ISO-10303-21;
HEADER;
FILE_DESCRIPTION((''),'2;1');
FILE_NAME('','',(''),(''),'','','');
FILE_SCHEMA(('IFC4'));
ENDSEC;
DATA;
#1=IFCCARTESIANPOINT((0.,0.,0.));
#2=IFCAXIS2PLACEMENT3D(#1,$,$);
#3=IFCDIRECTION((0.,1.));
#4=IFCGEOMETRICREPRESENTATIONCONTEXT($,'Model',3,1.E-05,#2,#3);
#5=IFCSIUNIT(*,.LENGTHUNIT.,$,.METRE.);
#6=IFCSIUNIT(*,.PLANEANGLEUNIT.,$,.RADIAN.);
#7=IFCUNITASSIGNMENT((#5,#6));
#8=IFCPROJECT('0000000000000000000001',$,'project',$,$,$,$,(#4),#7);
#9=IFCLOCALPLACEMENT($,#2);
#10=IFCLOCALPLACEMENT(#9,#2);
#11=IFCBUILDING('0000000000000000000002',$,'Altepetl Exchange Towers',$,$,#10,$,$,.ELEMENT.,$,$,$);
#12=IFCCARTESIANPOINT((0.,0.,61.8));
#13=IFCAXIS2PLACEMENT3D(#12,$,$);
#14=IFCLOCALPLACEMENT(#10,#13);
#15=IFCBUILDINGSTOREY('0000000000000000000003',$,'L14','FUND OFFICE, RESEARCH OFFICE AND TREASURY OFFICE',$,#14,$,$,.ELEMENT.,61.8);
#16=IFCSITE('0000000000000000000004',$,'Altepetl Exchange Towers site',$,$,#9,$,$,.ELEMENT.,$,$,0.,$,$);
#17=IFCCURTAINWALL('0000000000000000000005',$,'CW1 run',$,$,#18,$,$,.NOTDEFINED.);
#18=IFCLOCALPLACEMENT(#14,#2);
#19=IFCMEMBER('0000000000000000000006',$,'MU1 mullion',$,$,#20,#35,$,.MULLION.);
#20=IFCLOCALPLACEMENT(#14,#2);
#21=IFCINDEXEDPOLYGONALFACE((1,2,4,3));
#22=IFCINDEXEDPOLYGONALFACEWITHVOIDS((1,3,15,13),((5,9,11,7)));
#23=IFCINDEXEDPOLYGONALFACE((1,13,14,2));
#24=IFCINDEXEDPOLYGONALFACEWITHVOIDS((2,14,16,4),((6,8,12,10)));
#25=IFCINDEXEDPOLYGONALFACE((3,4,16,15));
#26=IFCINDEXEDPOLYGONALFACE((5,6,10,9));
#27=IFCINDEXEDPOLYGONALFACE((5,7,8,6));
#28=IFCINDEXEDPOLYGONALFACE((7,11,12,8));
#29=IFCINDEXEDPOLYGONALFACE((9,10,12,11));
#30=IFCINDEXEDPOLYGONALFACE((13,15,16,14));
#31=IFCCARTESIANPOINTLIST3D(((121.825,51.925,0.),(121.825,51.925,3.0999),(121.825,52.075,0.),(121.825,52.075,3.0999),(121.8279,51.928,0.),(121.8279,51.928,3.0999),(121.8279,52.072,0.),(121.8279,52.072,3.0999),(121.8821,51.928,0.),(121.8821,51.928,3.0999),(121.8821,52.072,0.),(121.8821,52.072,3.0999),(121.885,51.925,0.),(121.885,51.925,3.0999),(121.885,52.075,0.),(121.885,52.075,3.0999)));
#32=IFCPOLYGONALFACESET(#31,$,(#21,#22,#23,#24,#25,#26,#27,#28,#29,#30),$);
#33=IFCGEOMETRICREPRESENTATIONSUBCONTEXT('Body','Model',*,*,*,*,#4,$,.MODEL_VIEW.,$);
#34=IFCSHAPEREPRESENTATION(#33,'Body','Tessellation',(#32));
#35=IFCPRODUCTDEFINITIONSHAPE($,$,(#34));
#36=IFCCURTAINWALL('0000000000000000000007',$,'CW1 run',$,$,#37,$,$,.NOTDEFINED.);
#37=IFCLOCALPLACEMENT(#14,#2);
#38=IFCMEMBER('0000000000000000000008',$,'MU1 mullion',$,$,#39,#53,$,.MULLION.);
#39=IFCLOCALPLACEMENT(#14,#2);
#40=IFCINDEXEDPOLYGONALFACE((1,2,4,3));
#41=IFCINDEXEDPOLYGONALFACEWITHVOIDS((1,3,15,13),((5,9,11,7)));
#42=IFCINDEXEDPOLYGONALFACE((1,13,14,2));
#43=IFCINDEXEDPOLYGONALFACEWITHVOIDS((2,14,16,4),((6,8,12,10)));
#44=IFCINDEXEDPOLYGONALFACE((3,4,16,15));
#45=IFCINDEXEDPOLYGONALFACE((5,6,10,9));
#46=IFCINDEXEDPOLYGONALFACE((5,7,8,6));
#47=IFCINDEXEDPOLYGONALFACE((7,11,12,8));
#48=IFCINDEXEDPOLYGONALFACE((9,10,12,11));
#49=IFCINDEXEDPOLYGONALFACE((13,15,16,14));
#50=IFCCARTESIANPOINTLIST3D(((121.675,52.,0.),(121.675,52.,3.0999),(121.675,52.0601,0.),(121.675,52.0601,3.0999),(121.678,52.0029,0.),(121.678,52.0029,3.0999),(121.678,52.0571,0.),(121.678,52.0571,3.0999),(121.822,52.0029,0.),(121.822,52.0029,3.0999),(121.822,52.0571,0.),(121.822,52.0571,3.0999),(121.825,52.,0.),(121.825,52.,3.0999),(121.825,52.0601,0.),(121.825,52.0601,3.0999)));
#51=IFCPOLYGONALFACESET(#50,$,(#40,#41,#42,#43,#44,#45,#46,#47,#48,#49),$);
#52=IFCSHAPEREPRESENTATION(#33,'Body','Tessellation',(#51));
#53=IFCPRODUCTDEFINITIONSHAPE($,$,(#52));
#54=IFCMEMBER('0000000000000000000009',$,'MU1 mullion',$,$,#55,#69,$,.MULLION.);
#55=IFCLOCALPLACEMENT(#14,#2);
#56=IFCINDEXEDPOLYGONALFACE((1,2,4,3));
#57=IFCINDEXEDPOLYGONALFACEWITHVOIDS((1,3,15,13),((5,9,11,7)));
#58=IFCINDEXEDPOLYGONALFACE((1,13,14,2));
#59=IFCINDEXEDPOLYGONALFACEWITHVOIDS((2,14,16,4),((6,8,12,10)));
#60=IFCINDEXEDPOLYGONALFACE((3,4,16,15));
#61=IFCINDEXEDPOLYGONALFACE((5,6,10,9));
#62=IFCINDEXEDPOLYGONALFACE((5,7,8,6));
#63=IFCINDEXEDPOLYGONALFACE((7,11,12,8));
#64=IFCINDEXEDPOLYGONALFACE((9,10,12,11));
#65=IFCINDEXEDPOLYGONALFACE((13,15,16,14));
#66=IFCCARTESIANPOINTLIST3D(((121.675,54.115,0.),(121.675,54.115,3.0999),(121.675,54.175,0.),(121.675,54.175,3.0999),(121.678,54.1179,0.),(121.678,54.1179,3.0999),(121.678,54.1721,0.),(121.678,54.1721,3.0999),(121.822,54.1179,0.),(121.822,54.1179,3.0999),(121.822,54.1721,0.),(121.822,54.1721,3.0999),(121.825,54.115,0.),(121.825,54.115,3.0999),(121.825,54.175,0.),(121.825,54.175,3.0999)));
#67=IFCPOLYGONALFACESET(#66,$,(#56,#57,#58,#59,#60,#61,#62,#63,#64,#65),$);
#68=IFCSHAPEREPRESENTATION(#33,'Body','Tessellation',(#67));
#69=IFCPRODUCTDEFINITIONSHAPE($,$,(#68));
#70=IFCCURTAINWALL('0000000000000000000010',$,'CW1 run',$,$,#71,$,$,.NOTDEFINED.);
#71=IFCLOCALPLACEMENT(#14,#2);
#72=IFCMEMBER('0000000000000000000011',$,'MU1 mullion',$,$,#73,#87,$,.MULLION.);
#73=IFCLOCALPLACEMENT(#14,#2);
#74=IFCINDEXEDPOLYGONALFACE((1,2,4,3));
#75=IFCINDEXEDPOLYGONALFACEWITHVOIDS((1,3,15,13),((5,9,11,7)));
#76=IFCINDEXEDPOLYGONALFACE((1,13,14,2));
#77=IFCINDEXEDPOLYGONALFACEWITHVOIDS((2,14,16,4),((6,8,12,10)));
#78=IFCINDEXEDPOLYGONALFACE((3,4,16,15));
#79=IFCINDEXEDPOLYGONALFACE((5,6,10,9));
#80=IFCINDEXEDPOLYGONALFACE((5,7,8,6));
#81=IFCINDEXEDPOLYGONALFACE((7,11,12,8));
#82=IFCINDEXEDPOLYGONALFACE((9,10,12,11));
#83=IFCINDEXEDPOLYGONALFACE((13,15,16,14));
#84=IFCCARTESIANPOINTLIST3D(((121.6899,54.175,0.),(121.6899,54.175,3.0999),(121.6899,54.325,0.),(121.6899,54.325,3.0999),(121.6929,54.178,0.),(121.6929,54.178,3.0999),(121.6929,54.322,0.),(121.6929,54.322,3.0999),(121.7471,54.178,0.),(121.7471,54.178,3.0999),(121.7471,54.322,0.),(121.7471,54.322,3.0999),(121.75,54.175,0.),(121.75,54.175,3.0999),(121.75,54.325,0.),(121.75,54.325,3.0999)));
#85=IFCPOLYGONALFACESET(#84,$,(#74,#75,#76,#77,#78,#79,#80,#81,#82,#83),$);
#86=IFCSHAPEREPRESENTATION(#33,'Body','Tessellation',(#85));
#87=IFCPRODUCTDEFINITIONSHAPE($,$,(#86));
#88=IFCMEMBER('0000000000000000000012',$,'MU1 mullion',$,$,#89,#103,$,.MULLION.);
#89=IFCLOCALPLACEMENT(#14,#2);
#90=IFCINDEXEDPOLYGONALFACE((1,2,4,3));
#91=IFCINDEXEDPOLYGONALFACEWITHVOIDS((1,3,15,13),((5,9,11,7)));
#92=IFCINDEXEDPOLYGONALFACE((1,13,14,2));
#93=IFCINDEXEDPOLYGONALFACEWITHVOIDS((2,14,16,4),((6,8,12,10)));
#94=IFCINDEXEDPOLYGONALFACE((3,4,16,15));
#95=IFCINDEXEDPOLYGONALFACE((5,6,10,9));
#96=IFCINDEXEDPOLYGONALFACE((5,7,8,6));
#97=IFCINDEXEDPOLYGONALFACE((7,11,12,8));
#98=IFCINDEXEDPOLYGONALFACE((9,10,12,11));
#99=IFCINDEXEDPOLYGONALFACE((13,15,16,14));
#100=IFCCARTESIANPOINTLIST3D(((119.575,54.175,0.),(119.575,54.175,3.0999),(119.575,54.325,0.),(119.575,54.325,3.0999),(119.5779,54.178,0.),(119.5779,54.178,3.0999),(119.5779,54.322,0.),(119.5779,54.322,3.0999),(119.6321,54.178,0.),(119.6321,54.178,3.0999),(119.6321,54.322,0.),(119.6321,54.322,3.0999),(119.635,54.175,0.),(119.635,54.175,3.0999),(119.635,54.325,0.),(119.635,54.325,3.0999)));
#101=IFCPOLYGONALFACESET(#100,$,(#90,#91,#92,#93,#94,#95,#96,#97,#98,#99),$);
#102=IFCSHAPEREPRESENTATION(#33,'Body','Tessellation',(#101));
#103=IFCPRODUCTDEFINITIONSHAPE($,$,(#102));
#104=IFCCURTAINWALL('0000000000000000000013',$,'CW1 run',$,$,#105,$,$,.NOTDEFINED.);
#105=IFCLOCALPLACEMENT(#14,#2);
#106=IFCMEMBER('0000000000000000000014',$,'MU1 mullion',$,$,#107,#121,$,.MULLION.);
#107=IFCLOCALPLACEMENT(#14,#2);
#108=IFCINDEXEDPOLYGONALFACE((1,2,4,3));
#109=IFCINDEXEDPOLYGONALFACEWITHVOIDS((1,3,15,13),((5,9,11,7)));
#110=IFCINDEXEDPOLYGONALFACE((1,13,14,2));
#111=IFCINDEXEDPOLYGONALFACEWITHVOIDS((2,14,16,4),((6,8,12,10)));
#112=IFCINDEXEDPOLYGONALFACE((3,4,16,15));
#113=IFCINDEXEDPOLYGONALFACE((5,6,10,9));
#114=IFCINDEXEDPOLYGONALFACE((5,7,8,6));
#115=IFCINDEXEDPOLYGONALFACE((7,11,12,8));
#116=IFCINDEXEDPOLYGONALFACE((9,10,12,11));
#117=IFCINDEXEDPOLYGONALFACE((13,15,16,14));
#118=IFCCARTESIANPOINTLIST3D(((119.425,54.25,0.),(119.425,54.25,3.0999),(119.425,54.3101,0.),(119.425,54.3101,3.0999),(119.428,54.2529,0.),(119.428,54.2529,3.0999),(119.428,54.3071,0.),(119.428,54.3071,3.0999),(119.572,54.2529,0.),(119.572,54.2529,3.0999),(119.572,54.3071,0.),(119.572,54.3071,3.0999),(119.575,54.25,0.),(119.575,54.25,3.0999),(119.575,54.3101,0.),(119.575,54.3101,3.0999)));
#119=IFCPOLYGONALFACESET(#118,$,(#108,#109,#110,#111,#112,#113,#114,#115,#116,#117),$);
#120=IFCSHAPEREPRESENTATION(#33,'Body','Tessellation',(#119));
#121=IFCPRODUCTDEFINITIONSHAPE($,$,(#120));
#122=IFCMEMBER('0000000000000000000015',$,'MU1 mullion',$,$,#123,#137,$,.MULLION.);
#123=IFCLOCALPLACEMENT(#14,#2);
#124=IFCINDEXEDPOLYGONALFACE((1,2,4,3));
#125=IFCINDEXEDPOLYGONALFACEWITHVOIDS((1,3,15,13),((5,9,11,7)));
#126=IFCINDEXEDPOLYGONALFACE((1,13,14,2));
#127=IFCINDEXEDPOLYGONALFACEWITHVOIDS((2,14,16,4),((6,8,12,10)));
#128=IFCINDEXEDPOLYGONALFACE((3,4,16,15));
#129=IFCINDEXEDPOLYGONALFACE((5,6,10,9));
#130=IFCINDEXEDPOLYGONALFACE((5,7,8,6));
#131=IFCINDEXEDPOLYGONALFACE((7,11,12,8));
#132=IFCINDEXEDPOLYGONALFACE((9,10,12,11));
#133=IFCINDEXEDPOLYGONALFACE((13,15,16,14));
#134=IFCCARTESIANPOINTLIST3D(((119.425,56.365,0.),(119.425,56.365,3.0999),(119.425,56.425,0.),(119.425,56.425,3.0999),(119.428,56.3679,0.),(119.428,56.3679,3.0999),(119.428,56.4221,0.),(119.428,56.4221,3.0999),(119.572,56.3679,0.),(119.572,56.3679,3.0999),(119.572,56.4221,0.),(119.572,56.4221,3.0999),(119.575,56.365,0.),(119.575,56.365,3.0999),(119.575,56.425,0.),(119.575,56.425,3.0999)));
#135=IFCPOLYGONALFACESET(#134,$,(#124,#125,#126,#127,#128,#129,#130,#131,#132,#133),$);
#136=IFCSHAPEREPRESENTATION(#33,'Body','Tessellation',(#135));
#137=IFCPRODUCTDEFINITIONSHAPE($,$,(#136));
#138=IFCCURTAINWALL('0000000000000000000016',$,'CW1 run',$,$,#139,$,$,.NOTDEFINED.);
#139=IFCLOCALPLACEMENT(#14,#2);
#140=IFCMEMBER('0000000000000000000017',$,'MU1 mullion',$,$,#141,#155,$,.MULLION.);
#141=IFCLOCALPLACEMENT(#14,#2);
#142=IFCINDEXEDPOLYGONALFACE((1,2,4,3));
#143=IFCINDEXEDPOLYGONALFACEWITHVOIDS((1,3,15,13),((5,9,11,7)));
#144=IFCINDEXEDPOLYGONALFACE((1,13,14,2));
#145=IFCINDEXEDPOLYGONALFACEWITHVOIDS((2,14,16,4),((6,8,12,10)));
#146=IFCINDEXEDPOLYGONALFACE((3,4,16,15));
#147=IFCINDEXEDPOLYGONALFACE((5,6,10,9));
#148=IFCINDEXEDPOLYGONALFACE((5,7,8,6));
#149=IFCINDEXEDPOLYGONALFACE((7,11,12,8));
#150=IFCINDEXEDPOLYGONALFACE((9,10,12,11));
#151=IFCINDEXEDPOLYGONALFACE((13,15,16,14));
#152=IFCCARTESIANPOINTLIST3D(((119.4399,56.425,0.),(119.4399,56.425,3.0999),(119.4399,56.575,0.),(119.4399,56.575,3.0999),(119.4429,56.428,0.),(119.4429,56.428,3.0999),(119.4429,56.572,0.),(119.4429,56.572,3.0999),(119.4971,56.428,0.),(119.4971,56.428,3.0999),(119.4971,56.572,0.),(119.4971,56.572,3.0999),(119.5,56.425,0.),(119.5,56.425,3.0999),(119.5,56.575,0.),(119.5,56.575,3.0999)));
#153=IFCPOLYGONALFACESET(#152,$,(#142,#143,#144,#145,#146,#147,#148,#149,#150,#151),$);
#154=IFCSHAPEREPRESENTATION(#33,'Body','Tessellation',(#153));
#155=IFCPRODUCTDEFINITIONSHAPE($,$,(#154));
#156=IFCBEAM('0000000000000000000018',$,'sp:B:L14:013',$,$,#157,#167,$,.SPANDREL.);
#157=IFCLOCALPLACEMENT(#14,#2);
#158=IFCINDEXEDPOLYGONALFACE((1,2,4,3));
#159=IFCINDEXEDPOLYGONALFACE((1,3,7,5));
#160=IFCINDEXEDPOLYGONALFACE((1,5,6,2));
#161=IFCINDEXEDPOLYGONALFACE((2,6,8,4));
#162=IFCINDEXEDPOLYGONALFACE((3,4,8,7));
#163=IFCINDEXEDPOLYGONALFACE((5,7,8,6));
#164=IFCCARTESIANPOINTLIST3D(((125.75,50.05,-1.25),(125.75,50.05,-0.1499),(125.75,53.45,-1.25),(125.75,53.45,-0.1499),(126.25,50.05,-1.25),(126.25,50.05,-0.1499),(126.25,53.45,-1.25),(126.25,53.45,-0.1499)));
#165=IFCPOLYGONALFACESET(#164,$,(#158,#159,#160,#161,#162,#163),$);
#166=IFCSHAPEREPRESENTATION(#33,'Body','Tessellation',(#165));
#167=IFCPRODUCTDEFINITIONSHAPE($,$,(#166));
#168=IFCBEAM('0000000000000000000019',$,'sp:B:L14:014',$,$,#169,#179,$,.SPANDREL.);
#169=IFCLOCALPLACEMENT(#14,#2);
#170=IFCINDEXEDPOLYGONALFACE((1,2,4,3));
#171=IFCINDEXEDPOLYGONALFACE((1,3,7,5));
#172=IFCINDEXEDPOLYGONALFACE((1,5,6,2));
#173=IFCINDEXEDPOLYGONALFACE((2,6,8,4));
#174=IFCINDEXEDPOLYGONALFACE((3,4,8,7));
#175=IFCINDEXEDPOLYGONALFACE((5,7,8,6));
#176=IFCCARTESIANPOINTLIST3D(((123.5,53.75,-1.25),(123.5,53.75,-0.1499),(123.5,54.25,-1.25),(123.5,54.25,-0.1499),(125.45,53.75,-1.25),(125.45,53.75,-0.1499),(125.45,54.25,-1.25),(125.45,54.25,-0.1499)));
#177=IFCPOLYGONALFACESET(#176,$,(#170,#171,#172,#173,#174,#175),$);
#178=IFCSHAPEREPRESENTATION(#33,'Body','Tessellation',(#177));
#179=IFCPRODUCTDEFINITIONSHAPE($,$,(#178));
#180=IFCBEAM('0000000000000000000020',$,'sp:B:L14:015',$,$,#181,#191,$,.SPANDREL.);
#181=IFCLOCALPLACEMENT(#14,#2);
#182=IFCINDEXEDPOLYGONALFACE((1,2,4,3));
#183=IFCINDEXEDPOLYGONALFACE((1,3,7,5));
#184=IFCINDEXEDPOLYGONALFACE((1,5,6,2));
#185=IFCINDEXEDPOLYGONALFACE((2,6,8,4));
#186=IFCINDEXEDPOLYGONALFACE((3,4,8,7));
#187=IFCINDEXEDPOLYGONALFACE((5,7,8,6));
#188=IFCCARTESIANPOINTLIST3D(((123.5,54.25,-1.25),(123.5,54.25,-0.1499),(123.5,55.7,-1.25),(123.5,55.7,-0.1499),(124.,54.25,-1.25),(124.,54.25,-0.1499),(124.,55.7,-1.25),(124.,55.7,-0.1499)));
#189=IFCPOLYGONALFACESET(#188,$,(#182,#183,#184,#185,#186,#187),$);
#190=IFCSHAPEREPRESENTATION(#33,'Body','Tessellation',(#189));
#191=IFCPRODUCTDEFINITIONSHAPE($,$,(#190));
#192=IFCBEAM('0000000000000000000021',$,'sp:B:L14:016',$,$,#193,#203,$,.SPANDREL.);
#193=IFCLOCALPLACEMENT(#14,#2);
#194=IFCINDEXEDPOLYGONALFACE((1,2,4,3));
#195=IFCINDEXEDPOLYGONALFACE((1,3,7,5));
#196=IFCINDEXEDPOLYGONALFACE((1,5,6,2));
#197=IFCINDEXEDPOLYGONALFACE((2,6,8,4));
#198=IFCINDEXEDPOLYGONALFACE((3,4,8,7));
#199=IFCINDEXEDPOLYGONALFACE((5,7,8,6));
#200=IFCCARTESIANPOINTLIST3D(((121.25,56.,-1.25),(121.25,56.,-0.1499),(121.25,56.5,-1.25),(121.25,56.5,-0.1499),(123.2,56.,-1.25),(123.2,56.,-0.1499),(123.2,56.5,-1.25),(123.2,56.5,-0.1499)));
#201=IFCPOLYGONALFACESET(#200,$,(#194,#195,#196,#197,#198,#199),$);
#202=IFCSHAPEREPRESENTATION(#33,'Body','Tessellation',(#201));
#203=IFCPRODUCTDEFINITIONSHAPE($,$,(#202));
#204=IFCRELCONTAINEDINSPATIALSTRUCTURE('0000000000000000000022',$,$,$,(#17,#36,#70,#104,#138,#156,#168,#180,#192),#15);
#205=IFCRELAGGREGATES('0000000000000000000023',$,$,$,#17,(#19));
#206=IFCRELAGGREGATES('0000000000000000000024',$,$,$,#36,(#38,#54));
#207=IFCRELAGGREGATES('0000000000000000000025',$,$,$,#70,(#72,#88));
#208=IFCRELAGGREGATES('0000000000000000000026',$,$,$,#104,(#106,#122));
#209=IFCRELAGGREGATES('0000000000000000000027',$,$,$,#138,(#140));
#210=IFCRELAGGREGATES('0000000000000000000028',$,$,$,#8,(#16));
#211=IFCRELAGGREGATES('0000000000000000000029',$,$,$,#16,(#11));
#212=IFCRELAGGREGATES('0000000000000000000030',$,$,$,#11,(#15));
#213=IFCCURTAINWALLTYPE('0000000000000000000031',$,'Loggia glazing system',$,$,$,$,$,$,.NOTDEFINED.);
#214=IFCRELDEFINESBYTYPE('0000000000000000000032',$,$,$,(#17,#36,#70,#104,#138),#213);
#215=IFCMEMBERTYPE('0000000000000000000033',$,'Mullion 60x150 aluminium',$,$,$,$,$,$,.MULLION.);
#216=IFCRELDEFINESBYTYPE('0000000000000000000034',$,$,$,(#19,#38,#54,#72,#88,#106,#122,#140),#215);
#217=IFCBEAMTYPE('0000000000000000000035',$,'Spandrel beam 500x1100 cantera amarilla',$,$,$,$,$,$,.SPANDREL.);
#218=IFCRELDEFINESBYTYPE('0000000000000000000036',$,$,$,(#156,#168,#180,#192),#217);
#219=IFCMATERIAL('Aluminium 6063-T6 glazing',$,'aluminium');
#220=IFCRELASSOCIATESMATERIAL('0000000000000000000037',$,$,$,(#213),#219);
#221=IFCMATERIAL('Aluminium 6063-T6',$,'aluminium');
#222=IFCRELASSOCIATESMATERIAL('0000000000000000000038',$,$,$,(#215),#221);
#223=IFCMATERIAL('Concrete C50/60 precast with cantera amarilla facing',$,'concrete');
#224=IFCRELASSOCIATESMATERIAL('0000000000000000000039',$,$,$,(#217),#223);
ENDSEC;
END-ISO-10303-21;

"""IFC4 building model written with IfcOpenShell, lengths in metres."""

from ifc_helpers import new_model, si_unit, direction, frame, origin, origin_2d, place, context, subcontext, project, spatial, rectangle, hollow_rectangle, extrude, material, material_profile, profile_set, type_object, element, aggregate, save


model = new_model("IFC4")

# Units and contexts
model_context = context("Model", 3, precision=1e-05, world=origin(), true_north=direction((0.0, 1.0)))
body_context = subcontext(model_context, "Body", "Model", "MODEL_VIEW")
ifc_project = project(units=[si_unit("LENGTHUNIT", "METRE"), si_unit("PLANEANGLEUNIT", "RADIAN")], contexts=[model_context])

# Site, building, storey
site_placement = place(None, origin())
site = spatial("IfcSite", under=ifc_project, at=site_placement, Name="Altepetl Exchange Towers site", CompositionType="ELEMENT", RefElevation=0.0)
building_placement = place(site_placement, origin())
building = spatial("IfcBuilding", under=site, at=building_placement, Name="Altepetl Exchange Towers", CompositionType="ELEMENT")
storey_placement = place(building_placement, frame((0.0, 0.0, 61.8)))
storey = spatial("IfcBuildingStorey", under=building, at=storey_placement, Name="L14", Description="FUND OFFICE, RESEARCH OFFICE AND TREASURY OFFICE", CompositionType="ELEMENT", Elevation=61.8)

# Curtain walls, members
ifc_material_1 = material(Name="Aluminium 6063-T6 glazing", Category="aluminium")
curtain_wall_type = type_object("IfcCurtainWallType", Name="Loggia glazing system", PredefinedType="NOTDEFINED", material=ifc_material_1)
ifc_material_2 = material(Name="Aluminium 6063-T6", Category="aluminium")
ifc_material_profile_1 = material_profile(ifc_material_2, hollow_rectangle(XDim=0.0601, YDim=0.1499, WallThickness=0.0029, at=origin_2d()), Name="Mullion 60x150 aluminium")
ifc_profile_set_1 = profile_set([ifc_material_profile_1], Name="Aluminium 6063-T6")
member_type = type_object("IfcMemberType", Name="Mullion 60x150 aluminium", PredefinedType="MULLION", material=ifc_profile_set_1)
curtain_wall_1_placement = place(storey_placement, origin())
curtain_wall_1 = element("IfcCurtainWall", 1, at=curtain_wall_1_placement, inside=storey, type_object=curtain_wall_type, Name="CW1 run", PredefinedType="NOTDEFINED")
member_1_placement = place(storey_placement, frame((121.855, 52.0, 0.0), z_axis=(0.0, 0.0, 1.0), x_axis=(-1.0, 0.0, 0.0)))
member_1 = element("IfcMember", 2, at=member_1_placement, type_object=member_type, Name="MU1 mullion", PredefinedType="MULLION", context=body_context, shape_type="SweptSolid", body=[
    extrude(hollow_rectangle(XDim=0.0601, YDim=0.1499, WallThickness=0.0029, at=origin_2d()), origin(), (0.0, 0.0, 1.0), 3.0999),
])
curtain_wall_2_placement = place(storey_placement, origin())
curtain_wall_2 = element("IfcCurtainWall", 3, at=curtain_wall_2_placement, inside=storey, type_object=curtain_wall_type, Name="CW1 run", PredefinedType="NOTDEFINED")
member_2_placement = place(storey_placement, frame((121.75, 52.03, 0.0), z_axis=(0.0, 0.0, 1.0), x_axis=(0.0, 1.0, 0.0)))
member_2 = element("IfcMember", 4, at=member_2_placement, type_object=member_type, Name="MU1 mullion", PredefinedType="MULLION", context=body_context, shape_type="SweptSolid", body=[
    extrude(hollow_rectangle(XDim=0.0601, YDim=0.1499, WallThickness=0.0029, at=origin_2d()), origin(), (0.0, 0.0, 1.0), 3.0999),
])
member_3_placement = place(storey_placement, frame((121.75, 54.145, 0.0), z_axis=(0.0, 0.0, 1.0), x_axis=(0.0, 1.0, 0.0)))
member_3 = element("IfcMember", 5, at=member_3_placement, type_object=member_type, Name="MU1 mullion", PredefinedType="MULLION", context=body_context, shape_type="SweptSolid", body=[
    extrude(hollow_rectangle(XDim=0.0601, YDim=0.1499, WallThickness=0.0029, at=origin_2d()), origin(), (0.0, 0.0, 1.0), 3.0999),
])
curtain_wall_3_placement = place(storey_placement, origin())
curtain_wall_3 = element("IfcCurtainWall", 6, at=curtain_wall_3_placement, inside=storey, type_object=curtain_wall_type, Name="CW1 run", PredefinedType="NOTDEFINED")
member_4_placement = place(storey_placement, frame((121.72, 54.25, 0.0), z_axis=(0.0, 0.0, 1.0), x_axis=(-1.0, 0.0, 0.0)))
member_4 = element("IfcMember", 7, at=member_4_placement, type_object=member_type, Name="MU1 mullion", PredefinedType="MULLION", context=body_context, shape_type="SweptSolid", body=[
    extrude(hollow_rectangle(XDim=0.0601, YDim=0.1499, WallThickness=0.0029, at=origin_2d()), origin(), (0.0, 0.0, 1.0), 3.0999),
])
member_5_placement = place(storey_placement, frame((119.605, 54.25, 0.0), z_axis=(0.0, 0.0, 1.0), x_axis=(-1.0, 0.0, 0.0)))
member_5 = element("IfcMember", 8, at=member_5_placement, type_object=member_type, Name="MU1 mullion", PredefinedType="MULLION", context=body_context, shape_type="SweptSolid", body=[
    extrude(hollow_rectangle(XDim=0.0601, YDim=0.1499, WallThickness=0.0029, at=origin_2d()), origin(), (0.0, 0.0, 1.0), 3.0999),
])
curtain_wall_4_placement = place(storey_placement, origin())
curtain_wall_4 = element("IfcCurtainWall", 9, at=curtain_wall_4_placement, inside=storey, type_object=curtain_wall_type, Name="CW1 run", PredefinedType="NOTDEFINED")
member_6_placement = place(storey_placement, frame((119.5, 54.28, 0.0), z_axis=(0.0, 0.0, 1.0), x_axis=(0.0, 1.0, 0.0)))
member_6 = element("IfcMember", 10, at=member_6_placement, type_object=member_type, Name="MU1 mullion", PredefinedType="MULLION", context=body_context, shape_type="SweptSolid", body=[
    extrude(hollow_rectangle(XDim=0.0601, YDim=0.1499, WallThickness=0.0029, at=origin_2d()), origin(), (0.0, 0.0, 1.0), 3.0999),
])
member_7_placement = place(storey_placement, frame((119.5, 56.395, 0.0), z_axis=(0.0, 0.0, 1.0), x_axis=(0.0, 1.0, 0.0)))
member_7 = element("IfcMember", 11, at=member_7_placement, type_object=member_type, Name="MU1 mullion", PredefinedType="MULLION", context=body_context, shape_type="SweptSolid", body=[
    extrude(hollow_rectangle(XDim=0.0601, YDim=0.1499, WallThickness=0.0029, at=origin_2d()), origin(), (0.0, 0.0, 1.0), 3.0999),
])

# Curtain wall, member
curtain_wall_5_placement = place(storey_placement, origin())
curtain_wall_5 = element("IfcCurtainWall", 12, at=curtain_wall_5_placement, inside=storey, type_object=curtain_wall_type, Name="CW1 run", PredefinedType="NOTDEFINED")
member_8_placement = place(storey_placement, frame((119.47, 56.5, 0.0), z_axis=(0.0, 0.0, 1.0), x_axis=(-1.0, 0.0, 0.0)))
member_8 = element("IfcMember", 13, at=member_8_placement, type_object=member_type, Name="MU1 mullion", PredefinedType="MULLION", context=body_context, shape_type="SweptSolid", body=[
    extrude(hollow_rectangle(XDim=0.0601, YDim=0.1499, WallThickness=0.0029, at=origin_2d()), origin(), (0.0, 0.0, 1.0), 3.0999),
])

# Beams
ifc_material_3 = material(Name="Concrete C50/60 precast with cantera amarilla facing", Category="concrete")
ifc_material_profile_2 = material_profile(ifc_material_3, rectangle(XDim=0.5, YDim=1.1001, at=origin_2d()), Name="500 x 1100")
ifc_profile_set_2 = profile_set([ifc_material_profile_2], Name="Concrete C50/60 precast with cantera amarilla facing")
beam_type_1 = type_object("IfcBeamType", Name="Spandrel beam 500x1100 cantera amarilla", PredefinedType="SPANDREL", material=ifc_profile_set_2)
beam_1_placement = place(storey_placement, frame((126.0, 50.05, -0.7), z_axis=(0.0, 1.0, 0.0), x_axis=(-1.0, 0.0, 0.0)))
element("IfcBeam", 14, at=beam_1_placement, inside=storey, type_object=beam_type_1, Name="sp:B:L14:013", PredefinedType="SPANDREL", context=body_context, shape_type="SweptSolid", body=[
    extrude(rectangle(XDim=0.5, YDim=1.1001, at=origin_2d()), origin(), (0.0, 0.0, 1.0), 3.3999),
])
beam_2_placement = place(storey_placement, frame((125.45, 54.0, -0.7), z_axis=(-1.0, 0.0, 0.0), x_axis=(0.0, -1.0, 0.0)))
element("IfcBeam", 15, at=beam_2_placement, inside=storey, type_object=beam_type_1, Name="sp:B:L14:014", PredefinedType="SPANDREL", context=body_context, shape_type="SweptSolid", body=[
    extrude(rectangle(XDim=0.5, YDim=1.1001, at=origin_2d()), origin(), (0.0, 0.0, 1.0), 1.95),
])
beam_3_placement = place(storey_placement, frame((123.75, 54.25, -0.7), z_axis=(0.0, 1.0, 0.0), x_axis=(-1.0, 0.0, 0.0)))
element("IfcBeam", 16, at=beam_3_placement, inside=storey, type_object=beam_type_1, Name="sp:B:L14:015", PredefinedType="SPANDREL", context=body_context, shape_type="SweptSolid", body=[
    extrude(rectangle(XDim=0.5, YDim=1.1001, at=origin_2d()), origin(), (0.0, 0.0, 1.0), 1.45),
])
beam_4_placement = place(storey_placement, frame((123.2, 56.25, -0.7), z_axis=(-1.0, 0.0, 0.0), x_axis=(0.0, -1.0, 0.0)))
element("IfcBeam", 17, at=beam_4_placement, inside=storey, type_object=beam_type_1, Name="sp:B:L14:016", PredefinedType="SPANDREL", context=body_context, shape_type="SweptSolid", body=[
    extrude(rectangle(XDim=0.5, YDim=1.1001, at=origin_2d()), origin(), (0.0, 0.0, 1.0), 1.95),
])

aggregate(curtain_wall_1, [member_1])
aggregate(curtain_wall_2, [member_2, member_3])
aggregate(curtain_wall_3, [member_4, member_5])
aggregate(curtain_wall_4, [member_6, member_7])
aggregate(curtain_wall_5, [member_8])

save(model, "model.ifc")
